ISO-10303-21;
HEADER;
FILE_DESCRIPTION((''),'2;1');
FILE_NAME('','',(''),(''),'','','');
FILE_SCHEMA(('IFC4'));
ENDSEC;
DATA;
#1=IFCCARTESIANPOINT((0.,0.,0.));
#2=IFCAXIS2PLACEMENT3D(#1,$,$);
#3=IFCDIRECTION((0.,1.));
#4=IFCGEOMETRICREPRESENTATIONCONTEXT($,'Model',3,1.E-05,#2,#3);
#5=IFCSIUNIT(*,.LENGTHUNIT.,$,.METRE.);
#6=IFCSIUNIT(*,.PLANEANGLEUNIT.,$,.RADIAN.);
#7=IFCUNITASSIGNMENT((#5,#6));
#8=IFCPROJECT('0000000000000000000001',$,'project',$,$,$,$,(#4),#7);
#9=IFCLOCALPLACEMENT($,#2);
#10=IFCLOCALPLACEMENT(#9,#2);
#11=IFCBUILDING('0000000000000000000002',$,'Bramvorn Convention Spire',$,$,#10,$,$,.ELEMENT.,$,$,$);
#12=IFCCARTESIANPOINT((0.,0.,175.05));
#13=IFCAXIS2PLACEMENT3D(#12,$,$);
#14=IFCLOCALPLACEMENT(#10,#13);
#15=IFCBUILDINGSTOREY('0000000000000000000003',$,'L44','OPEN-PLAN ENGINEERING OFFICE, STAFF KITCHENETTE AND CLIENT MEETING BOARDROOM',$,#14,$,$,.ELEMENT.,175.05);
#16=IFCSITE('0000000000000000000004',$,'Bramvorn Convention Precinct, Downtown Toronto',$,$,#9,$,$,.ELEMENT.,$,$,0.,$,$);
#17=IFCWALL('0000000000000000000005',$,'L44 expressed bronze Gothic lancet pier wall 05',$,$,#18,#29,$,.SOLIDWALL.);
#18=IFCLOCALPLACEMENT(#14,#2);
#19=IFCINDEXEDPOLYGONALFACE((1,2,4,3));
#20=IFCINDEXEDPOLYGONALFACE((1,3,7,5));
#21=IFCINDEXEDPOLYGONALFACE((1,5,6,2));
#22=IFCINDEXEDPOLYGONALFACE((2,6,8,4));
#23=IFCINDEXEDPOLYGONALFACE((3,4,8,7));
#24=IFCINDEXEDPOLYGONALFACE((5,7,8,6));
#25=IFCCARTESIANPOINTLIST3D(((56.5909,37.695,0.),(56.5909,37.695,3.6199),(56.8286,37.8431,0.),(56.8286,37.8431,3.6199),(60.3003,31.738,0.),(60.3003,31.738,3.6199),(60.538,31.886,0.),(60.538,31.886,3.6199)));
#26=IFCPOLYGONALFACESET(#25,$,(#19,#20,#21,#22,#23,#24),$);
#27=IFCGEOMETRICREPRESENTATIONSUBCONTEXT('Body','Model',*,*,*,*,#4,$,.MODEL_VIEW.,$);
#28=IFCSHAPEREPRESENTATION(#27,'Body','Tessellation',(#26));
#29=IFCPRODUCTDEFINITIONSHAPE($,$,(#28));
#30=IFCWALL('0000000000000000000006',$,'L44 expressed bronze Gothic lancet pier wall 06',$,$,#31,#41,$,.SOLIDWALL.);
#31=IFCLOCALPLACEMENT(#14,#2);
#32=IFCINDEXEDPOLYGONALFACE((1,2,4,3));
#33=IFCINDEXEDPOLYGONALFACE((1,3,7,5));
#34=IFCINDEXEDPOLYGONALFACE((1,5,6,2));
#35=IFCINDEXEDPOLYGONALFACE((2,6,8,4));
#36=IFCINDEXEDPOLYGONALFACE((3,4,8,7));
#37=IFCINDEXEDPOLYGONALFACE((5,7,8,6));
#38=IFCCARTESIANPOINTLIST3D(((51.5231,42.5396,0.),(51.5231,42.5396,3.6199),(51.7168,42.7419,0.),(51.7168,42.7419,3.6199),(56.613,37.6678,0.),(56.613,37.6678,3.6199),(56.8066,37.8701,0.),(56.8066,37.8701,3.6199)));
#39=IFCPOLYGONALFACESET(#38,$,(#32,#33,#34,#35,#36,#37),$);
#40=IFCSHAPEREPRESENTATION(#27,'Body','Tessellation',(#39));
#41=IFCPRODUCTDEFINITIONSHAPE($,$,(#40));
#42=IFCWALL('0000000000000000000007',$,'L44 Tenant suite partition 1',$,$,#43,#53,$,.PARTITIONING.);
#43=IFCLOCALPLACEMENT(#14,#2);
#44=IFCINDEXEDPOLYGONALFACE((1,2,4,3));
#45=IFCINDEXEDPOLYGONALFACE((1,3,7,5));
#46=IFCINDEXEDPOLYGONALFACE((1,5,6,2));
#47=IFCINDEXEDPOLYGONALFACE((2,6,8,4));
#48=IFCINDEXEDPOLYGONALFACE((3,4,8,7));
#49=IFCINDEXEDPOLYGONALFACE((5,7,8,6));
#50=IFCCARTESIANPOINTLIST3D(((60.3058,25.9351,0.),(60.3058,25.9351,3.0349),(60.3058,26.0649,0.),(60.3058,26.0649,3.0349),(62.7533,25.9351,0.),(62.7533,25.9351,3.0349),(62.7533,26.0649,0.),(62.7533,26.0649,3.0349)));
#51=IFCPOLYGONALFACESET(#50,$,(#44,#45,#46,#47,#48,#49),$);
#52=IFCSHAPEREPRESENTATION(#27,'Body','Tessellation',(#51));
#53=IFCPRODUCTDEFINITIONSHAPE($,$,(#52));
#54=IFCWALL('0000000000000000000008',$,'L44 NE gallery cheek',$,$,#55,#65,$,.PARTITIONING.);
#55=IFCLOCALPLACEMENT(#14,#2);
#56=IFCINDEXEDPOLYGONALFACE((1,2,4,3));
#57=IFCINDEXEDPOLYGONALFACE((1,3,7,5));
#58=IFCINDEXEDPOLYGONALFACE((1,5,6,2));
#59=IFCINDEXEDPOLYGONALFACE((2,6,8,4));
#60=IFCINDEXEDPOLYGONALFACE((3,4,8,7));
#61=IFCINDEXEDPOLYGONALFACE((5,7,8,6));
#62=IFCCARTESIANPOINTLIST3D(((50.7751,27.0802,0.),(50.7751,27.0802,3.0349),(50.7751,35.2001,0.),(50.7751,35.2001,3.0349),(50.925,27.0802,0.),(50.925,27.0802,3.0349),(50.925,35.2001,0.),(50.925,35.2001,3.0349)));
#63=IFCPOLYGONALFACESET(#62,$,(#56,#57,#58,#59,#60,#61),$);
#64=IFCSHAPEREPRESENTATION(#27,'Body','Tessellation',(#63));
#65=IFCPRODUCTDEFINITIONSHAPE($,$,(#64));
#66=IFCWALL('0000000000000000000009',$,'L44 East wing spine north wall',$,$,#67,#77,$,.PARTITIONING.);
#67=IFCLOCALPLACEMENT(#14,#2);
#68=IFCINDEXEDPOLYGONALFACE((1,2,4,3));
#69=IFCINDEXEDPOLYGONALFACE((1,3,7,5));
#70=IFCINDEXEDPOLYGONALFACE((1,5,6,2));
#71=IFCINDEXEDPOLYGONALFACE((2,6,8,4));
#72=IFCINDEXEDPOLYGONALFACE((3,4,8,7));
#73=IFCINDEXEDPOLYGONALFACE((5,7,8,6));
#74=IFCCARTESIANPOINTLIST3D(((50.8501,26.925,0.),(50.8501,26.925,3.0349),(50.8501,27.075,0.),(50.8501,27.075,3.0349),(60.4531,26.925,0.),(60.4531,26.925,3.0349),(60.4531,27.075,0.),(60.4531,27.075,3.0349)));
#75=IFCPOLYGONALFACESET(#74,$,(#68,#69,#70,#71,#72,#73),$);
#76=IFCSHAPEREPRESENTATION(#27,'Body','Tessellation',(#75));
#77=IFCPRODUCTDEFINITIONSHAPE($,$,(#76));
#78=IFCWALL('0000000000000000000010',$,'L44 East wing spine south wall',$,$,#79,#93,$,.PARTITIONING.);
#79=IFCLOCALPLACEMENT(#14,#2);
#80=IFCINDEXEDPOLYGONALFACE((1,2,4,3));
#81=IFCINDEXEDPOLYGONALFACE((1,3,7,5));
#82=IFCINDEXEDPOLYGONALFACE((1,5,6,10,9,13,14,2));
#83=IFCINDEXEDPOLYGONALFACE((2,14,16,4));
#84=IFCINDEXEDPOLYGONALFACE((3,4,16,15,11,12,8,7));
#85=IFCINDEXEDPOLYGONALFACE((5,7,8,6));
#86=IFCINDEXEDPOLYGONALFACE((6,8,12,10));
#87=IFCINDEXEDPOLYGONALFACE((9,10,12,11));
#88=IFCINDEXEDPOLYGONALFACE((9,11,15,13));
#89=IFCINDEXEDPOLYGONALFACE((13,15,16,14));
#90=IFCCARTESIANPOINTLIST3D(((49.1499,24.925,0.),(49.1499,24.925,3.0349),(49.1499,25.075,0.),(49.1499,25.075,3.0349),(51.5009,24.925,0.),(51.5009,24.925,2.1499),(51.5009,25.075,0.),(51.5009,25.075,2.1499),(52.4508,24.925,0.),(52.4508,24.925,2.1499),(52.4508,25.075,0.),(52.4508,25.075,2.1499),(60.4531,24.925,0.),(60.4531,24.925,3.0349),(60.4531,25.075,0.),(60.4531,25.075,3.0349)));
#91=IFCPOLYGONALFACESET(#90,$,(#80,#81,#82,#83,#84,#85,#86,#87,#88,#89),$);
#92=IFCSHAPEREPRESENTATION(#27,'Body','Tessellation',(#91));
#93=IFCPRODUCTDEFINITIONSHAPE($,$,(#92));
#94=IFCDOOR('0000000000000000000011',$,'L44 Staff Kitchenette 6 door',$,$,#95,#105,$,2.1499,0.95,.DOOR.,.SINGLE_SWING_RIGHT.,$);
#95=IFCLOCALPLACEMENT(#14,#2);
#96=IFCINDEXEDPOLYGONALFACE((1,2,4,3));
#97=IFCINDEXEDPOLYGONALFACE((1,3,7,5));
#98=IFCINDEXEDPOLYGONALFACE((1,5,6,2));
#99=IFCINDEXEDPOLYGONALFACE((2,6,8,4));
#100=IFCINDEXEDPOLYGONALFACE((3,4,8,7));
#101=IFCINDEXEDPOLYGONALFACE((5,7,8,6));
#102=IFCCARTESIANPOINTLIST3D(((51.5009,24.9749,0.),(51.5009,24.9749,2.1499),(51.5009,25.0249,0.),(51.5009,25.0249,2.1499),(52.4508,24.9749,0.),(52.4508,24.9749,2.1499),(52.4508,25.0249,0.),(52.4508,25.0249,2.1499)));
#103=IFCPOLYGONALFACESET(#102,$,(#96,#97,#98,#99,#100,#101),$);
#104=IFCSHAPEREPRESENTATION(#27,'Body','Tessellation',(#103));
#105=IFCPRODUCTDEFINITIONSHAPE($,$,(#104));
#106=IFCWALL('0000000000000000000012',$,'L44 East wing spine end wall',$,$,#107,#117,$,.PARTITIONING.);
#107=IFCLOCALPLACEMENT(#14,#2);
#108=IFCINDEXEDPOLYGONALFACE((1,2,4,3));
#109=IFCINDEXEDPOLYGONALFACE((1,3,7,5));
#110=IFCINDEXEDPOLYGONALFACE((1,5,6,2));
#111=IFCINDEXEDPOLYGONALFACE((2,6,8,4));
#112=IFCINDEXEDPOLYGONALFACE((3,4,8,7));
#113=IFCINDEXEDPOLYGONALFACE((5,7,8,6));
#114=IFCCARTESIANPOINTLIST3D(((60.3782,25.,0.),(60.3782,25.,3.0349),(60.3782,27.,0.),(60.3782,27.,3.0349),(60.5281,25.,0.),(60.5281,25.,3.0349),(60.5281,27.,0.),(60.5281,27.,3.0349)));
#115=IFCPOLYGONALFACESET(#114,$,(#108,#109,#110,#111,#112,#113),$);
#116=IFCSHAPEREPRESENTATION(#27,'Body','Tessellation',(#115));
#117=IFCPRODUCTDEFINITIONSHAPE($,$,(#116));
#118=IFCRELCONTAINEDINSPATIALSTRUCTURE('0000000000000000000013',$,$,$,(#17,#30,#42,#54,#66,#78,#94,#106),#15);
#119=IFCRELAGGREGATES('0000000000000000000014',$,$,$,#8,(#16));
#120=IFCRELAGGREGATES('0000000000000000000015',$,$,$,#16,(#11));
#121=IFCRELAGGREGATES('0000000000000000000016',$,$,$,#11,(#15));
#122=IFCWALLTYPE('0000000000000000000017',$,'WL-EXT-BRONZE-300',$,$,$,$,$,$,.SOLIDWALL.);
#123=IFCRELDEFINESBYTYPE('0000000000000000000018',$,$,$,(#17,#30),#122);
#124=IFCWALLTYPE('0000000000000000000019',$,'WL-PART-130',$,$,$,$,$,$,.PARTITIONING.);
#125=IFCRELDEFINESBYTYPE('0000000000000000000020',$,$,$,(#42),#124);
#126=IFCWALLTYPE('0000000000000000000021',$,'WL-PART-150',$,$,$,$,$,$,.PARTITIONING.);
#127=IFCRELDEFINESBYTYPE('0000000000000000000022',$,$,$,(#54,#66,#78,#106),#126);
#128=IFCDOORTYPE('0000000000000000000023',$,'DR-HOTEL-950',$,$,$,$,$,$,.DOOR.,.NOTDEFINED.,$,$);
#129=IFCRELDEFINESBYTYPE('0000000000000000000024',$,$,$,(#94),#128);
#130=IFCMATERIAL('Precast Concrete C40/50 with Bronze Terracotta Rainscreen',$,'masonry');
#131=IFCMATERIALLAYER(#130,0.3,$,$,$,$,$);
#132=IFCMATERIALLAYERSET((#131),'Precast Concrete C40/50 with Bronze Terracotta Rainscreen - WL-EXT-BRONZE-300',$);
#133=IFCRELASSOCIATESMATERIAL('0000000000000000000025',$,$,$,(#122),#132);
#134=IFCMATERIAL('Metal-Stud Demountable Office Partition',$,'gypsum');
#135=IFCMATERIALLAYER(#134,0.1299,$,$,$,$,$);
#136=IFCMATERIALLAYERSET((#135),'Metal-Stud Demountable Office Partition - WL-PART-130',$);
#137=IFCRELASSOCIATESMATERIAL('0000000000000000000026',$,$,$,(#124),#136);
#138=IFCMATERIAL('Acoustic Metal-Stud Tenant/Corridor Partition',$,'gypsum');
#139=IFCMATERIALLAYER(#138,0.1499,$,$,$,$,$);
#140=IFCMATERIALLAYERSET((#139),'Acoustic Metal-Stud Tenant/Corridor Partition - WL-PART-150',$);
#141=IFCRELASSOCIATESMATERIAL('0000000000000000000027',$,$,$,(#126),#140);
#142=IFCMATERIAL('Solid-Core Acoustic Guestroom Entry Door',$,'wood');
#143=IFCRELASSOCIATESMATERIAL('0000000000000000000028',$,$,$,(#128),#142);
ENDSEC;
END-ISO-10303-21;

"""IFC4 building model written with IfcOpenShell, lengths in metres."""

from ifc_helpers import new_model, si_unit, direction, frame, frame_2d, origin, place, context, subcontext, project, spatial, rectangle, extrude, material, layer, layer_set, type_object, element, fill, save


model = new_model("IFC4")

# Units and contexts
model_context = context("Model", 3, precision=1e-05, world=origin(), true_north=direction((0.0, 1.0)))
body_context = subcontext(model_context, "Body", "Model", "MODEL_VIEW")
ifc_project = project(units=[si_unit("LENGTHUNIT", "METRE"), si_unit("PLANEANGLEUNIT", "RADIAN")], contexts=[model_context])

# Site, building, storey
site_placement = place(None, origin())
site = spatial("IfcSite", under=ifc_project, at=site_placement, Name="Bramvorn Convention Precinct, Downtown Toronto", CompositionType="ELEMENT", RefElevation=0.0)
building_placement = place(site_placement, origin())
building = spatial("IfcBuilding", under=site, at=building_placement, Name="Bramvorn Convention Spire", CompositionType="ELEMENT")
storey_placement = place(building_placement, frame((0.0, 0.0, 175.05)))
storey = spatial("IfcBuildingStorey", under=building, at=storey_placement, Name="L44", Description="OPEN-PLAN ENGINEERING OFFICE, STAFF KITCHENETTE AND CLIENT MEETING BOARDROOM", CompositionType="ELEMENT", Elevation=175.05)

# Walls
ifc_material_1 = material(Name="Precast Concrete C40/50 with Bronze Terracotta Rainscreen", Category="masonry")
ifc_layer_1 = layer(ifc_material_1, 0.3)
ifc_layer_set_1 = layer_set([ifc_layer_1], Name="Precast Concrete C40/50 with Bronze Terracotta Rainscreen - WL-EXT-BRONZE-300")
wall_type_1 = type_object("IfcWallType", Name="WL-EXT-BRONZE-300", PredefinedType="SOLIDWALL", material=ifc_layer_set_1)
wall_1_placement = place(storey_placement, frame((56.7097, 37.769, 0.0), z_axis=(0.0, 0.0, 1.0), x_axis=(0.528597, -0.848873, 0.0)))
element("IfcWall", 1, at=wall_1_placement, inside=storey, type_object=wall_type_1, Name="L44 expressed bronze Gothic lancet pier wall 05", PredefinedType="SOLIDWALL", context=body_context, shape_type="SweptSolid", body=[
    extrude(rectangle(XDim=7.0176, YDim=0.28, at=frame_2d((3.5088, 0.0))), origin(), (0.0, 0.0, 1.0), 3.6199),
])
wall_2_placement = place(storey_placement, frame((51.6199, 42.6409, 0.0), z_axis=(0.0, 0.0, 1.0), x_axis=(0.722409, -0.691466, 0.0)))
element("IfcWall", 2, at=wall_2_placement, inside=storey, type_object=wall_type_1, Name="L44 expressed bronze Gothic lancet pier wall 06", PredefinedType="SOLIDWALL", context=body_context, shape_type="SweptSolid", body=[
    extrude(rectangle(XDim=7.0457, YDim=0.28, at=frame_2d((3.5229, 0.0))), origin(), (0.0, 0.0, 1.0), 3.6199),
])
ifc_material_2 = material(Name="Metal-Stud Demountable Office Partition", Category="gypsum")
ifc_layer_2 = layer(ifc_material_2, 0.1299)
ifc_layer_set_2 = layer_set([ifc_layer_2], Name="Metal-Stud Demountable Office Partition - WL-PART-130")
wall_type_2 = type_object("IfcWallType", Name="WL-PART-130", PredefinedType="PARTITIONING", material=ifc_layer_set_2)
wall_3_placement = place(storey_placement, frame((60.3059, 26.0, 0.0), z_axis=(0.0, 0.0, 1.0), x_axis=(1.0, 0.0, 0.0)))
element("IfcWall", 3, at=wall_3_placement, inside=storey, type_object=wall_type_2, Name="L44 Tenant suite partition 1", PredefinedType="PARTITIONING", context=body_context, shape_type="SweptSolid", body=[
    extrude(rectangle(XDim=2.4475, YDim=0.1299, at=frame_2d((1.2236, 0.0))), origin(), (0.0, 0.0, 1.0), 3.0349),
])
ifc_material_3 = material(Name="Acoustic Metal-Stud Tenant/Corridor Partition", Category="gypsum")
ifc_layer_3 = layer(ifc_material_3, 0.1499)
ifc_layer_set_3 = layer_set([ifc_layer_3], Name="Acoustic Metal-Stud Tenant/Corridor Partition - WL-PART-150")
wall_type_3 = type_object("IfcWallType", Name="WL-PART-150", PredefinedType="PARTITIONING", material=ifc_layer_set_3)
wall_4_placement = place(storey_placement, frame((50.8501, 27.0801, 0.0), z_axis=(0.0, 0.0, 1.0), x_axis=(0.0, 1.0, 0.0)))
element("IfcWall", 4, at=wall_4_placement, inside=storey, type_object=wall_type_3, Name="L44 NE gallery cheek", PredefinedType="PARTITIONING", context=body_context, shape_type="SweptSolid", body=[
    extrude(rectangle(XDim=8.1199, YDim=0.1499, at=frame_2d((4.0601, 0.0))), origin(), (0.0, 0.0, 1.0), 3.0349),
])
wall_5_placement = place(storey_placement, frame((50.8501, 27.0, 0.0), z_axis=(0.0, 0.0, 1.0), x_axis=(1.0, 0.0, 0.0)))
element("IfcWall", 5, at=wall_5_placement, inside=storey, type_object=wall_type_3, Name="L44 East wing spine north wall", PredefinedType="PARTITIONING", context=body_context, shape_type="SweptSolid", body=[
    extrude(rectangle(XDim=9.603, YDim=0.1499, at=frame_2d((4.8015, 0.0))), origin(), (0.0, 0.0, 1.0), 3.0349),
])

# Wall, opening, door
wall_6_placement = place(storey_placement, frame((49.1499, 25.0, 0.0), z_axis=(0.0, 0.0, 1.0), x_axis=(1.0, 0.0, 0.0)))
wall_6 = element("IfcWall", 6, at=wall_6_placement, inside=storey, type_object=wall_type_3, Name="L44 East wing spine south wall", PredefinedType="PARTITIONING", context=body_context, shape_type="SweptSolid", body=[
    extrude(rectangle(XDim=11.3032, YDim=0.1499, at=frame_2d((5.6516, 0.0))), origin(), (0.0, 0.0, 1.0), 3.0349),
])
opening_placement = place(wall_6_placement, frame((2.3508, 0.0, 0.0)))
opening = element("IfcOpeningElement", 7, at=opening_placement, cuts=wall_6, PredefinedType="OPENING", context=body_context, shape_type="SweptSolid", body=[
    extrude(rectangle(XDim=0.95, YDim=2.1499, at=frame_2d((0.4751, 1.075))), frame((0.0, 0.085, 0.0), z_axis=(0.0, -1.0, 0.0), x_axis=(1.0, 0.0, 0.0)), (0.0, 0.0, 1.0), 0.1699),
])
ifc_material_4 = material(Name="Solid-Core Acoustic Guestroom Entry Door", Category="wood")
door_type = type_object("IfcDoorType", Name="DR-HOTEL-950", OperationType="NOTDEFINED", PredefinedType="DOOR", material=ifc_material_4)
door_placement = place(opening_placement, origin())
door = element("IfcDoor", 8, at=door_placement, inside=storey, type_object=door_type, Name="L44 Staff Kitchenette 6 door", OperationType="SINGLE_SWING_RIGHT", OverallHeight=2.1499, OverallWidth=0.95, PredefinedType="DOOR", context=body_context, shape_type="SweptSolid", body=[
    extrude(rectangle(XDim=0.95, YDim=2.1499, at=frame_2d((0.4751, 1.075))), frame((0.0, 0.0249, 0.0), z_axis=(0.0, -1.0, 0.0), x_axis=(1.0, 0.0, 0.0)), (0.0, 0.0, 1.0), 0.05),
])
fill(opening, door)

# Wall
wall_7_placement = place(storey_placement, frame((60.4531, 25.0, 0.0), z_axis=(0.0, 0.0, 1.0), x_axis=(0.0, 1.0, 0.0)))
element("IfcWall", 9, at=wall_7_placement, inside=storey, type_object=wall_type_3, Name="L44 East wing spine end wall", PredefinedType="PARTITIONING", context=body_context, shape_type="SweptSolid", body=[
    extrude(rectangle(XDim=2.0, YDim=0.1499, at=frame_2d((1.0, 0.0))), origin(), (0.0, 0.0, 1.0), 3.0349),
])

save(model, "model.ifc")
